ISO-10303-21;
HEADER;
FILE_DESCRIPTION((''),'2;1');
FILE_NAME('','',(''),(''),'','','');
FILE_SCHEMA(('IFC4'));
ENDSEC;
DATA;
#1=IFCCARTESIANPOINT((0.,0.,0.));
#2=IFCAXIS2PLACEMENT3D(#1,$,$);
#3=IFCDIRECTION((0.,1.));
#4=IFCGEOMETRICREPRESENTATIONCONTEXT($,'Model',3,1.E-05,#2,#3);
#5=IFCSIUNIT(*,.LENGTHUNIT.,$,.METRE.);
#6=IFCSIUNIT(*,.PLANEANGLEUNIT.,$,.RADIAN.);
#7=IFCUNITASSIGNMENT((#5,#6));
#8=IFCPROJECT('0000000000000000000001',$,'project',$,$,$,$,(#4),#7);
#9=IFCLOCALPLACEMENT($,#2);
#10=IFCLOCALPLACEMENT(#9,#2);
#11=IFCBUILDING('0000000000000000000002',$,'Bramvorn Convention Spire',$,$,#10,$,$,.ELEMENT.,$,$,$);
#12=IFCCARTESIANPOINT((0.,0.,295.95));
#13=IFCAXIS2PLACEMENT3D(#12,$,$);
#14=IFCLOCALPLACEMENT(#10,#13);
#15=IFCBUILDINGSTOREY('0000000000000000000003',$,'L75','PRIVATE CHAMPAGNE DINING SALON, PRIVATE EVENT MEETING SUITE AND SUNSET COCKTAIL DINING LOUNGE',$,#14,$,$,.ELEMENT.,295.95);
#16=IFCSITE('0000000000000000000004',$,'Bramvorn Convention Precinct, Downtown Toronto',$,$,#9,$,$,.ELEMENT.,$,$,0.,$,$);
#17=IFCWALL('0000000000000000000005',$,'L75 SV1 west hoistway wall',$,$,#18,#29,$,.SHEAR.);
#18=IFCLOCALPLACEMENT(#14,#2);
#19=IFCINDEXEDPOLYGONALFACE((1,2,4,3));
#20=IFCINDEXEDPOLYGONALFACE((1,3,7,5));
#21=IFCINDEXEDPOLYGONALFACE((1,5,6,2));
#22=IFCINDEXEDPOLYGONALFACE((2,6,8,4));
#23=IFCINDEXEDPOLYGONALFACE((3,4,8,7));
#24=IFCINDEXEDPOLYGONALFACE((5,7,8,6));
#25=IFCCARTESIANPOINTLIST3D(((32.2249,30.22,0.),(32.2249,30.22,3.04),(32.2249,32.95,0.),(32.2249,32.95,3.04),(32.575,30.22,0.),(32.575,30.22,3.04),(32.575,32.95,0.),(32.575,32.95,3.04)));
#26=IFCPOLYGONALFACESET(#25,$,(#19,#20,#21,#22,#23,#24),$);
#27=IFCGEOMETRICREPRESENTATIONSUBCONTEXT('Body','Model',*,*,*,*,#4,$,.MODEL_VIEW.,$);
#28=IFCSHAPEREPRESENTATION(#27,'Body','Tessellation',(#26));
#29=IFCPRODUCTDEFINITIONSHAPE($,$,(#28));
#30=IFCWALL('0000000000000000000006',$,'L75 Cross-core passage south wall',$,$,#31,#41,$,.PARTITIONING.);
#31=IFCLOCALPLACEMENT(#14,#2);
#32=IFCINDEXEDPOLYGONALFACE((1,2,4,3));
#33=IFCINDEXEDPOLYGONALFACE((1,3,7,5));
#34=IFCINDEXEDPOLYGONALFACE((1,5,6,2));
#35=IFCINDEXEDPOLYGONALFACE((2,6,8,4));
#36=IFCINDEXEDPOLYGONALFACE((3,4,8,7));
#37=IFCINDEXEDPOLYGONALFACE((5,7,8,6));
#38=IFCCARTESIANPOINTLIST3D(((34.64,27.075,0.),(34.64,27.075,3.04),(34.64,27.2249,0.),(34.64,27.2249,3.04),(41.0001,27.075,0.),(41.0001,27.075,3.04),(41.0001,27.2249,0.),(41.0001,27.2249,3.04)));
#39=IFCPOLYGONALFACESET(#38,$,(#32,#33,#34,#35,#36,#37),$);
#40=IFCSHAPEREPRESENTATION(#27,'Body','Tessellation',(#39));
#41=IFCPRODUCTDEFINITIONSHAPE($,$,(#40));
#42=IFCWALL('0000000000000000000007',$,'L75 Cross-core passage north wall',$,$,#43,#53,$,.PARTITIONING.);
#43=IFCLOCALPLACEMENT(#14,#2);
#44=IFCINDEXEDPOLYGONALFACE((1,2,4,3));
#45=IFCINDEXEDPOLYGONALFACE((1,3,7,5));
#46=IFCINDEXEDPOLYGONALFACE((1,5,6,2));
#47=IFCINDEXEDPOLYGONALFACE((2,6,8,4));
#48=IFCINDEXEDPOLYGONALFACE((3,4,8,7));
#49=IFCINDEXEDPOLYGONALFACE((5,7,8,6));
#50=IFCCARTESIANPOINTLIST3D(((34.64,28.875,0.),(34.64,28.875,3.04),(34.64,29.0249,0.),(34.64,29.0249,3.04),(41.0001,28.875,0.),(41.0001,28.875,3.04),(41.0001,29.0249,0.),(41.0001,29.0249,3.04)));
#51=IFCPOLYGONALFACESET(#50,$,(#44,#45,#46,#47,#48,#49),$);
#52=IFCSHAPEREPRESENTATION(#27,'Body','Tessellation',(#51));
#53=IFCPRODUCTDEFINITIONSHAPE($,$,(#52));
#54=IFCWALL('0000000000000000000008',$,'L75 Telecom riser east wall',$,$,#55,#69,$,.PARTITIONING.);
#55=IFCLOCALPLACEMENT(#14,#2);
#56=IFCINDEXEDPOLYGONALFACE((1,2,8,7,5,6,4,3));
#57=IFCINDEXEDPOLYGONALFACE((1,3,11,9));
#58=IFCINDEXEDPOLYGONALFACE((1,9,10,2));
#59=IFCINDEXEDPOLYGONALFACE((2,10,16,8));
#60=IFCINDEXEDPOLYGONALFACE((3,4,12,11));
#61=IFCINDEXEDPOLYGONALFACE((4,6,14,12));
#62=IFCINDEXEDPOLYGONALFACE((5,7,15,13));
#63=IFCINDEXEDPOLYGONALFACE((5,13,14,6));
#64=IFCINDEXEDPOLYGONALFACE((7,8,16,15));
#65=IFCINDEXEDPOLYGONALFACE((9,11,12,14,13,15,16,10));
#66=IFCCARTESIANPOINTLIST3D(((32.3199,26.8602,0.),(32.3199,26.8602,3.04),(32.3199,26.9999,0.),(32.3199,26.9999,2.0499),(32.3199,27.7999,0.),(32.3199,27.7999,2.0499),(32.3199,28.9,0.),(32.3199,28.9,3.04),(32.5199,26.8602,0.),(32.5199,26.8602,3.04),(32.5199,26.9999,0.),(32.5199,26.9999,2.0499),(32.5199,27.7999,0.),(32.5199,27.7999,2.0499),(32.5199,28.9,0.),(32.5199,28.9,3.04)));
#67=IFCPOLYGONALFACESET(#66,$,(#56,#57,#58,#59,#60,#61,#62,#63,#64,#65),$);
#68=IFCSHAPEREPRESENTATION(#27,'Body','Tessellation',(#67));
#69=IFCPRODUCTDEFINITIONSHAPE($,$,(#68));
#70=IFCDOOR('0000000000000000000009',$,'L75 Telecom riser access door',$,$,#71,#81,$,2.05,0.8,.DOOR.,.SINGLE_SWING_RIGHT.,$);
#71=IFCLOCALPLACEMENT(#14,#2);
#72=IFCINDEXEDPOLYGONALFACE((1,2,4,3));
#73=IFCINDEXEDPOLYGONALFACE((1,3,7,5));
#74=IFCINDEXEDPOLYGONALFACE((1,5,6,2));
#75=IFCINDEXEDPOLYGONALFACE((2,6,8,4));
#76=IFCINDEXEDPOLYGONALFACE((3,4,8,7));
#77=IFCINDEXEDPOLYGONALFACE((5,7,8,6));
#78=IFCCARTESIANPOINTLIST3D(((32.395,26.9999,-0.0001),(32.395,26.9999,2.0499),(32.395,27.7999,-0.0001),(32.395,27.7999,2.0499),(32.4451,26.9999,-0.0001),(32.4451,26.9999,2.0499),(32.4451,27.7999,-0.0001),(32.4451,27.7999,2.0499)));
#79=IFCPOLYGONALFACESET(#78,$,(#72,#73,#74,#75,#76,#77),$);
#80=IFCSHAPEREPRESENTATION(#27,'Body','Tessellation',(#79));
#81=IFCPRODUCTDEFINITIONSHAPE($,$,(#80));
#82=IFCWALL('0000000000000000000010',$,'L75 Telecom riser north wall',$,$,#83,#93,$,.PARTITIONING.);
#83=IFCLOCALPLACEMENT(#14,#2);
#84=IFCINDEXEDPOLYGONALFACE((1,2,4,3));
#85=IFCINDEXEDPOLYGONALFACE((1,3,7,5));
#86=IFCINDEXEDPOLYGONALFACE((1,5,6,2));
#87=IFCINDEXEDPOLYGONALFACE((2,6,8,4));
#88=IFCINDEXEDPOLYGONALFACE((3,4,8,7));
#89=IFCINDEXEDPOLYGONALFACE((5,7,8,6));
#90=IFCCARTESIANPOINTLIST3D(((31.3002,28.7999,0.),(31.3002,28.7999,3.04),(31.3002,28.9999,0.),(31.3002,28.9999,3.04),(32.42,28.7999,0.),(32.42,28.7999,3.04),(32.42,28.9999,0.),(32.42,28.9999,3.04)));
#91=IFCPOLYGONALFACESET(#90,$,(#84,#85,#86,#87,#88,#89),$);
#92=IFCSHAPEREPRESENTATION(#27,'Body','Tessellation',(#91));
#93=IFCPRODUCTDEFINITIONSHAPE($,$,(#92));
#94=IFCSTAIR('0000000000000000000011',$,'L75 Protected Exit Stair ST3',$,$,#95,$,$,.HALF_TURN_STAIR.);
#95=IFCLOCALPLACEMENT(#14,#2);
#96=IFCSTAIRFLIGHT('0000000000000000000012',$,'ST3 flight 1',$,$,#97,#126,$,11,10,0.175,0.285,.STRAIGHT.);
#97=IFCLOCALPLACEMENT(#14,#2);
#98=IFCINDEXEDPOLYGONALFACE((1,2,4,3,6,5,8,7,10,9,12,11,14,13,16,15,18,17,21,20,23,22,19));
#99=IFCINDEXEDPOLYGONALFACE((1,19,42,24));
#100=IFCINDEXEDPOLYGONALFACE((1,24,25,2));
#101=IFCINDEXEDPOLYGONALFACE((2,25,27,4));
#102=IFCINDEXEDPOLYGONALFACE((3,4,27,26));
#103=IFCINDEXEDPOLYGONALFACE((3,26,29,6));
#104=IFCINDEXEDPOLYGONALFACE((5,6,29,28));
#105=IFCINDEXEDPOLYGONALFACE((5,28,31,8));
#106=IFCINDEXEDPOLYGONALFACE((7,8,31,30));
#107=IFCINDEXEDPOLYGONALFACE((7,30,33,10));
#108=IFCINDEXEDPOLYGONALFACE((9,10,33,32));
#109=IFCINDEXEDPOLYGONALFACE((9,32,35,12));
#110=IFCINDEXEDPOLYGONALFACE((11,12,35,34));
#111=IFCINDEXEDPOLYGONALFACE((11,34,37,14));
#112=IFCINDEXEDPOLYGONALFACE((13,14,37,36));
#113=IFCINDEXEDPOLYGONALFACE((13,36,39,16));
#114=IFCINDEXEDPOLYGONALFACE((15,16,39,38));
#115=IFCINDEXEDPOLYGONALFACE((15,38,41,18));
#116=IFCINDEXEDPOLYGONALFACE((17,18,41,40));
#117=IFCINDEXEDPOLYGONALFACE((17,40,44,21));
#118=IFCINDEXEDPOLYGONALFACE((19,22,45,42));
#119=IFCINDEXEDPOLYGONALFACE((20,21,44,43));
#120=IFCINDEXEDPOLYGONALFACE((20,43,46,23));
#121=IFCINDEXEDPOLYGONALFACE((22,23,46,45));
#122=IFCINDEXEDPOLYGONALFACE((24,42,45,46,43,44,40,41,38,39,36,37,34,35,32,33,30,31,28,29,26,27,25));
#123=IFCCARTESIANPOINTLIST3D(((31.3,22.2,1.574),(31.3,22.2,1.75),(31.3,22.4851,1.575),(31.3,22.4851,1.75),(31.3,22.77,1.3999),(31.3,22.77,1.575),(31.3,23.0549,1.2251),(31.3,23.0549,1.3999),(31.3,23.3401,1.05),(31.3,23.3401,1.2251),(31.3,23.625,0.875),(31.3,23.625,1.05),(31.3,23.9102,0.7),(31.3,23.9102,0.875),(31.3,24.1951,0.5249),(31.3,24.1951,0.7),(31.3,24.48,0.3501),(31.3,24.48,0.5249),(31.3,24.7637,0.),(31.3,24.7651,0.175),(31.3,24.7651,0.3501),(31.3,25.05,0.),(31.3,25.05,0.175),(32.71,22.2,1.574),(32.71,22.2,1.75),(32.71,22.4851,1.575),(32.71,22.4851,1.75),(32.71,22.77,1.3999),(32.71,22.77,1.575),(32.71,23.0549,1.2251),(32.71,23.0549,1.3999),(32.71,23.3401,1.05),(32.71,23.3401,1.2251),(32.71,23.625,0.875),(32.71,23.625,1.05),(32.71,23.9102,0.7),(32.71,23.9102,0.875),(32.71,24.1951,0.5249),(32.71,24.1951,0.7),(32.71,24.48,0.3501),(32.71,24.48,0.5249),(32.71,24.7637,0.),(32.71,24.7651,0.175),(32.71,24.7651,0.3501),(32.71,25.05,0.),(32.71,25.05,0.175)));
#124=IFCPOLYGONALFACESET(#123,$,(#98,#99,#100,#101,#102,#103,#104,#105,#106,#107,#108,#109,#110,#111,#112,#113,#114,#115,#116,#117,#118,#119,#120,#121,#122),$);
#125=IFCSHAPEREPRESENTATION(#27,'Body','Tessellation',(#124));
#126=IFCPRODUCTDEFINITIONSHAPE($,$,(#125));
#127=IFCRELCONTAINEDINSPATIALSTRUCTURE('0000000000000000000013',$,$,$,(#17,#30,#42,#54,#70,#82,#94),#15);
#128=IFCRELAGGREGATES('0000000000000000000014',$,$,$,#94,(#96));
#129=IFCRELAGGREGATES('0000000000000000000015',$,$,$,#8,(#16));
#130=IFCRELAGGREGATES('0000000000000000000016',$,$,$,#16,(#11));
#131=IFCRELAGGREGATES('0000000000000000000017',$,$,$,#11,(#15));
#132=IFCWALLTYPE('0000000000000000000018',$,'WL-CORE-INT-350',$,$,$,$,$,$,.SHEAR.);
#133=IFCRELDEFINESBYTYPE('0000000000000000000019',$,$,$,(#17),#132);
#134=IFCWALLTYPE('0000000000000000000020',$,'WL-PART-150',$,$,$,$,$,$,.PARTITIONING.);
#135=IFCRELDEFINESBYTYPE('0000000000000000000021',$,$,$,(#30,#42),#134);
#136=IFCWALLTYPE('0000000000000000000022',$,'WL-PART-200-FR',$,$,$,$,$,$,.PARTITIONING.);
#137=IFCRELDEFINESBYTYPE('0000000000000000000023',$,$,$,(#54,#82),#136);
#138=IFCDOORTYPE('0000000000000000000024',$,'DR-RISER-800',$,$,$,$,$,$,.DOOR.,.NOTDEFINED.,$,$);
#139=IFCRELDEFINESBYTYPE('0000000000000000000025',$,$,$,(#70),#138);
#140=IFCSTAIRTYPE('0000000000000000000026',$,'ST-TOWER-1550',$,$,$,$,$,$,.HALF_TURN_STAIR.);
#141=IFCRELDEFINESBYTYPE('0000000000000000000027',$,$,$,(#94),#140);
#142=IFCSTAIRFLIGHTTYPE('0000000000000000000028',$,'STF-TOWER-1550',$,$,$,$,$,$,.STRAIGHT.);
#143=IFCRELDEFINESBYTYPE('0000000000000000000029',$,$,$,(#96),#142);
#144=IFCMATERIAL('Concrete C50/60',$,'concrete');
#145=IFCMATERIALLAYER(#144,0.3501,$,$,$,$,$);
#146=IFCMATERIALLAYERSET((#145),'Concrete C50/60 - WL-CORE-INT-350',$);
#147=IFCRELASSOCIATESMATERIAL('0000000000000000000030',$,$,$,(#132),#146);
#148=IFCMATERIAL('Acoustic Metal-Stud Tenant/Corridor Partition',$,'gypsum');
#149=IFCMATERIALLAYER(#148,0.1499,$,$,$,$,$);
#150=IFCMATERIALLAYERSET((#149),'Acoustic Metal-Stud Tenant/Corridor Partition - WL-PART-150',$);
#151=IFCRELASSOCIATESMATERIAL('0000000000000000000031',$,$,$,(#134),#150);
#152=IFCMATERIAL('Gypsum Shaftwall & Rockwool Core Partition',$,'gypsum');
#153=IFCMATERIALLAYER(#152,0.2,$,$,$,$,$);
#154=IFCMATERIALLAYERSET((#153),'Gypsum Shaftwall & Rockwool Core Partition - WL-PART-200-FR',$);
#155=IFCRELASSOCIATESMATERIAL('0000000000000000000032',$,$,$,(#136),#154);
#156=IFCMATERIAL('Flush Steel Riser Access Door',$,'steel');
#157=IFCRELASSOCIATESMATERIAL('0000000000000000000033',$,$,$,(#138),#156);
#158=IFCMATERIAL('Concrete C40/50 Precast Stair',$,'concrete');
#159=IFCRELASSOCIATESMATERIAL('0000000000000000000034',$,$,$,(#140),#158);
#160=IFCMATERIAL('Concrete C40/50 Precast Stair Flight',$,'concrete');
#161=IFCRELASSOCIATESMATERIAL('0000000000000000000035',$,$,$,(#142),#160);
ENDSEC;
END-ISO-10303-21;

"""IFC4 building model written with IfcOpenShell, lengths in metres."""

from ifc_helpers import new_model, si_unit, direction, frame, frame_2d, origin, place, context, subcontext, project, spatial, polyline, rectangle, outline, extrude, material, layer, layer_set, type_object, element, fill, aggregate, save


model = new_model("IFC4")

# Units and contexts
model_context = context("Model", 3, precision=1e-05, world=origin(), true_north=direction((0.0, 1.0)))
body_context = subcontext(model_context, "Body", "Model", "MODEL_VIEW")
ifc_project = project(units=[si_unit("LENGTHUNIT", "METRE"), si_unit("PLANEANGLEUNIT", "RADIAN")], contexts=[model_context])

# Site, building, storey
site_placement = place(None, origin())
site = spatial("IfcSite", under=ifc_project, at=site_placement, Name="Bramvorn Convention Precinct, Downtown Toronto", CompositionType="ELEMENT", RefElevation=0.0)
building_placement = place(site_placement, origin())
building = spatial("IfcBuilding", under=site, at=building_placement, Name="Bramvorn Convention Spire", CompositionType="ELEMENT")
storey_placement = place(building_placement, frame((0.0, 0.0, 295.95)))
storey = spatial("IfcBuildingStorey", under=building, at=storey_placement, Name="L75", Description="PRIVATE CHAMPAGNE DINING SALON, PRIVATE EVENT MEETING SUITE AND SUNSET COCKTAIL DINING LOUNGE", CompositionType="ELEMENT", Elevation=295.95)

# Shared definitions
ifc_material_1 = material(Name="Concrete C50/60", Category="concrete")
ifc_layer_1 = layer(ifc_material_1, 0.3501)
ifc_layer_set_1 = layer_set([ifc_layer_1], Name="Concrete C50/60 - WL-CORE-INT-350")
wall_type_1 = type_object("IfcWallType", Name="WL-CORE-INT-350", PredefinedType="SHEAR", material=ifc_layer_set_1)

# Walls
wall_1_placement = place(storey_placement, frame((32.3999, 30.22, 0.0), z_axis=(0.0, 0.0, 1.0), x_axis=(0.0, 1.0, 0.0)))
element("IfcWall", 1, at=wall_1_placement, inside=storey, type_object=wall_type_1, Name="L75 SV1 west hoistway wall", PredefinedType="SHEAR", context=body_context, shape_type="SweptSolid", body=[
    extrude(rectangle(XDim=2.73, YDim=0.3501, at=frame_2d((1.365, 0.0))), origin(), (0.0, 0.0, 1.0), 3.04),
])
ifc_material_2 = material(Name="Acoustic Metal-Stud Tenant/Corridor Partition", Category="gypsum")
ifc_layer_2 = layer(ifc_material_2, 0.1499)
ifc_layer_set_2 = layer_set([ifc_layer_2], Name="Acoustic Metal-Stud Tenant/Corridor Partition - WL-PART-150")
wall_type_2 = type_object("IfcWallType", Name="WL-PART-150", PredefinedType="PARTITIONING", material=ifc_layer_set_2)
for number, where, z_axis, x_axis, name in (
    (2, (34.6399, 27.1499, 0.0), (0.0, 0.0, 1.0), (1.0, 0.0, 0.0), "L75 Cross-core passage south wall"),
    (3, (34.6399, 28.95, 0.0), (0.0, 0.0, 1.0), (1.0, 0.0, 0.0), "L75 Cross-core passage north wall"),
):
    element("IfcWall", number, at=place(storey_placement, frame(where, z_axis=z_axis, x_axis=x_axis)), inside=storey, type_object=wall_type_2, Name=name, PredefinedType="PARTITIONING", context=body_context, shape_type="SweptSolid", body=[
        extrude(rectangle(XDim=6.3601, YDim=0.1499, at=frame_2d((3.1802, 0.0))), origin(), (0.0, 0.0, 1.0), 3.04),
    ])

# Wall, opening, door
ifc_material_3 = material(Name="Gypsum Shaftwall & Rockwool Core Partition", Category="gypsum")
ifc_layer_3 = layer(ifc_material_3, 0.2)
ifc_layer_set_3 = layer_set([ifc_layer_3], Name="Gypsum Shaftwall & Rockwool Core Partition - WL-PART-200-FR")
wall_type_3 = type_object("IfcWallType", Name="WL-PART-200-FR", PredefinedType="PARTITIONING", material=ifc_layer_set_3)
wall_2_placement = place(storey_placement, frame((32.4199, 26.8601, 0.0), z_axis=(0.0, 0.0, 1.0), x_axis=(0.0, 1.0, 0.0)))
wall_2 = element("IfcWall", 4, at=wall_2_placement, inside=storey, type_object=wall_type_3, Name="L75 Telecom riser east wall", PredefinedType="PARTITIONING", context=body_context, shape_type="SweptSolid", body=[
    extrude(rectangle(XDim=2.0398, YDim=0.2, at=frame_2d((1.02, 0.0))), origin(), (0.0, 0.0, 1.0), 3.04),
])
opening_1_placement = place(wall_2_placement, frame((0.1399, 0.0, 0.0)))
opening_1 = element("IfcOpeningElement", 5, at=opening_1_placement, cuts=wall_2, PredefinedType="OPENING", context=body_context, shape_type="SweptSolid", body=[
    extrude(rectangle(XDim=0.8, YDim=2.05, at=frame_2d((0.3999, 1.0249))), frame((0.0, 0.1099, 0.0), z_axis=(0.0, -1.0, 0.0), x_axis=(1.0, 0.0, 0.0)), (0.0, 0.0, 1.0), 0.22),
])
ifc_material_4 = material(Name="Flush Steel Riser Access Door", Category="steel")
door_type_1 = type_object("IfcDoorType", Name="DR-RISER-800", OperationType="NOTDEFINED", PredefinedType="DOOR", material=ifc_material_4)
door_1_placement = place(opening_1_placement, origin())
door_1 = element("IfcDoor", 6, at=door_1_placement, inside=storey, type_object=door_type_1, Name="L75 Telecom riser access door", OperationType="SINGLE_SWING_RIGHT", OverallHeight=2.05, OverallWidth=0.8, PredefinedType="DOOR", context=body_context, shape_type="SweptSolid", body=[
    extrude(rectangle(XDim=0.8, YDim=2.05, at=frame_2d((0.3999, 1.0249))), frame((0.0, 0.0249, 0.0), z_axis=(0.0, -1.0, 0.0), x_axis=(1.0, 0.0, 0.0)), (0.0, 0.0, 1.0), 0.05),
])
fill(opening_1, door_1)

# Wall
wall_3_placement = place(storey_placement, frame((31.3, 28.8999, 0.0), z_axis=(0.0, 0.0, 1.0), x_axis=(1.0, 0.0, 0.0)))
element("IfcWall", 7, at=wall_3_placement, inside=storey, type_object=wall_type_3, Name="L75 Telecom riser north wall", PredefinedType="PARTITIONING", context=body_context, shape_type="SweptSolid", body=[
    extrude(rectangle(XDim=1.1199, YDim=0.2, at=frame_2d((0.5601, 0.0))), origin(), (0.0, 0.0, 1.0), 3.04),
])

# Stair, stair flight
ifc_material_5 = material(Name="Concrete C40/50 Precast Stair", Category="concrete")
stair_type = type_object("IfcStairType", Name="ST-TOWER-1550", PredefinedType="HALF_TURN_STAIR", material=ifc_material_5)
stair_placement = place(storey_placement, origin())
stair = element("IfcStair", 8, at=stair_placement, inside=storey, type_object=stair_type, Name="L75 Protected Exit Stair ST3", PredefinedType="HALF_TURN_STAIR")
ifc_material_6 = material(Name="Concrete C40/50 Precast Stair Flight", Category="concrete")
stair_flight_type = type_object("IfcStairFlightType", Name="STF-TOWER-1550", PredefinedType="STRAIGHT", material=ifc_material_6)
stair_flight_placement = place(storey_placement, frame((32.0049, 25.05, 0.0), z_axis=(0.0, 0.0, 1.0), x_axis=(0.0, -1.0, 0.0)))
stair_flight = element("IfcStairFlight", 9, at=stair_flight_placement, type_object=stair_flight_type, Name="ST3 flight 1", NumberOfRisers=11, NumberOfTreads=10, PredefinedType="STRAIGHT", RiserHeight=0.175, TreadLength=0.285, context=body_context, shape_type="SweptSolid", body=[
    extrude(outline(polyline([(0.0, 0.0), (0.0, 0.175), (0.2849, 0.175), (0.2849, 0.3501), (0.5701, 0.3501), (0.5701, 0.5249), (0.855, 0.5249), (0.855, 0.7), (1.1399, 0.7), (1.1399, 0.875), (1.425, 0.875), (1.425, 1.05), (1.71, 1.05), (1.71, 1.2251), (1.9951, 1.2251), (1.9951, 1.3999), (2.28, 1.3999), (2.28, 1.575), (2.5649, 1.575), (2.5649, 1.75), (2.8501, 1.75), (2.8501, 1.925), (2.8501, 1.574), (0.2864, 0.0), (0.0, 0.0)])), frame((0.0, 0.7051, 0.0), z_axis=(0.0, -1.0, 0.0), x_axis=(1.0, 0.0, 0.0)), (0.0, 0.0, 1.0), 1.4099),
])
aggregate(stair, [stair_flight])

save(model, "model.ifc")
